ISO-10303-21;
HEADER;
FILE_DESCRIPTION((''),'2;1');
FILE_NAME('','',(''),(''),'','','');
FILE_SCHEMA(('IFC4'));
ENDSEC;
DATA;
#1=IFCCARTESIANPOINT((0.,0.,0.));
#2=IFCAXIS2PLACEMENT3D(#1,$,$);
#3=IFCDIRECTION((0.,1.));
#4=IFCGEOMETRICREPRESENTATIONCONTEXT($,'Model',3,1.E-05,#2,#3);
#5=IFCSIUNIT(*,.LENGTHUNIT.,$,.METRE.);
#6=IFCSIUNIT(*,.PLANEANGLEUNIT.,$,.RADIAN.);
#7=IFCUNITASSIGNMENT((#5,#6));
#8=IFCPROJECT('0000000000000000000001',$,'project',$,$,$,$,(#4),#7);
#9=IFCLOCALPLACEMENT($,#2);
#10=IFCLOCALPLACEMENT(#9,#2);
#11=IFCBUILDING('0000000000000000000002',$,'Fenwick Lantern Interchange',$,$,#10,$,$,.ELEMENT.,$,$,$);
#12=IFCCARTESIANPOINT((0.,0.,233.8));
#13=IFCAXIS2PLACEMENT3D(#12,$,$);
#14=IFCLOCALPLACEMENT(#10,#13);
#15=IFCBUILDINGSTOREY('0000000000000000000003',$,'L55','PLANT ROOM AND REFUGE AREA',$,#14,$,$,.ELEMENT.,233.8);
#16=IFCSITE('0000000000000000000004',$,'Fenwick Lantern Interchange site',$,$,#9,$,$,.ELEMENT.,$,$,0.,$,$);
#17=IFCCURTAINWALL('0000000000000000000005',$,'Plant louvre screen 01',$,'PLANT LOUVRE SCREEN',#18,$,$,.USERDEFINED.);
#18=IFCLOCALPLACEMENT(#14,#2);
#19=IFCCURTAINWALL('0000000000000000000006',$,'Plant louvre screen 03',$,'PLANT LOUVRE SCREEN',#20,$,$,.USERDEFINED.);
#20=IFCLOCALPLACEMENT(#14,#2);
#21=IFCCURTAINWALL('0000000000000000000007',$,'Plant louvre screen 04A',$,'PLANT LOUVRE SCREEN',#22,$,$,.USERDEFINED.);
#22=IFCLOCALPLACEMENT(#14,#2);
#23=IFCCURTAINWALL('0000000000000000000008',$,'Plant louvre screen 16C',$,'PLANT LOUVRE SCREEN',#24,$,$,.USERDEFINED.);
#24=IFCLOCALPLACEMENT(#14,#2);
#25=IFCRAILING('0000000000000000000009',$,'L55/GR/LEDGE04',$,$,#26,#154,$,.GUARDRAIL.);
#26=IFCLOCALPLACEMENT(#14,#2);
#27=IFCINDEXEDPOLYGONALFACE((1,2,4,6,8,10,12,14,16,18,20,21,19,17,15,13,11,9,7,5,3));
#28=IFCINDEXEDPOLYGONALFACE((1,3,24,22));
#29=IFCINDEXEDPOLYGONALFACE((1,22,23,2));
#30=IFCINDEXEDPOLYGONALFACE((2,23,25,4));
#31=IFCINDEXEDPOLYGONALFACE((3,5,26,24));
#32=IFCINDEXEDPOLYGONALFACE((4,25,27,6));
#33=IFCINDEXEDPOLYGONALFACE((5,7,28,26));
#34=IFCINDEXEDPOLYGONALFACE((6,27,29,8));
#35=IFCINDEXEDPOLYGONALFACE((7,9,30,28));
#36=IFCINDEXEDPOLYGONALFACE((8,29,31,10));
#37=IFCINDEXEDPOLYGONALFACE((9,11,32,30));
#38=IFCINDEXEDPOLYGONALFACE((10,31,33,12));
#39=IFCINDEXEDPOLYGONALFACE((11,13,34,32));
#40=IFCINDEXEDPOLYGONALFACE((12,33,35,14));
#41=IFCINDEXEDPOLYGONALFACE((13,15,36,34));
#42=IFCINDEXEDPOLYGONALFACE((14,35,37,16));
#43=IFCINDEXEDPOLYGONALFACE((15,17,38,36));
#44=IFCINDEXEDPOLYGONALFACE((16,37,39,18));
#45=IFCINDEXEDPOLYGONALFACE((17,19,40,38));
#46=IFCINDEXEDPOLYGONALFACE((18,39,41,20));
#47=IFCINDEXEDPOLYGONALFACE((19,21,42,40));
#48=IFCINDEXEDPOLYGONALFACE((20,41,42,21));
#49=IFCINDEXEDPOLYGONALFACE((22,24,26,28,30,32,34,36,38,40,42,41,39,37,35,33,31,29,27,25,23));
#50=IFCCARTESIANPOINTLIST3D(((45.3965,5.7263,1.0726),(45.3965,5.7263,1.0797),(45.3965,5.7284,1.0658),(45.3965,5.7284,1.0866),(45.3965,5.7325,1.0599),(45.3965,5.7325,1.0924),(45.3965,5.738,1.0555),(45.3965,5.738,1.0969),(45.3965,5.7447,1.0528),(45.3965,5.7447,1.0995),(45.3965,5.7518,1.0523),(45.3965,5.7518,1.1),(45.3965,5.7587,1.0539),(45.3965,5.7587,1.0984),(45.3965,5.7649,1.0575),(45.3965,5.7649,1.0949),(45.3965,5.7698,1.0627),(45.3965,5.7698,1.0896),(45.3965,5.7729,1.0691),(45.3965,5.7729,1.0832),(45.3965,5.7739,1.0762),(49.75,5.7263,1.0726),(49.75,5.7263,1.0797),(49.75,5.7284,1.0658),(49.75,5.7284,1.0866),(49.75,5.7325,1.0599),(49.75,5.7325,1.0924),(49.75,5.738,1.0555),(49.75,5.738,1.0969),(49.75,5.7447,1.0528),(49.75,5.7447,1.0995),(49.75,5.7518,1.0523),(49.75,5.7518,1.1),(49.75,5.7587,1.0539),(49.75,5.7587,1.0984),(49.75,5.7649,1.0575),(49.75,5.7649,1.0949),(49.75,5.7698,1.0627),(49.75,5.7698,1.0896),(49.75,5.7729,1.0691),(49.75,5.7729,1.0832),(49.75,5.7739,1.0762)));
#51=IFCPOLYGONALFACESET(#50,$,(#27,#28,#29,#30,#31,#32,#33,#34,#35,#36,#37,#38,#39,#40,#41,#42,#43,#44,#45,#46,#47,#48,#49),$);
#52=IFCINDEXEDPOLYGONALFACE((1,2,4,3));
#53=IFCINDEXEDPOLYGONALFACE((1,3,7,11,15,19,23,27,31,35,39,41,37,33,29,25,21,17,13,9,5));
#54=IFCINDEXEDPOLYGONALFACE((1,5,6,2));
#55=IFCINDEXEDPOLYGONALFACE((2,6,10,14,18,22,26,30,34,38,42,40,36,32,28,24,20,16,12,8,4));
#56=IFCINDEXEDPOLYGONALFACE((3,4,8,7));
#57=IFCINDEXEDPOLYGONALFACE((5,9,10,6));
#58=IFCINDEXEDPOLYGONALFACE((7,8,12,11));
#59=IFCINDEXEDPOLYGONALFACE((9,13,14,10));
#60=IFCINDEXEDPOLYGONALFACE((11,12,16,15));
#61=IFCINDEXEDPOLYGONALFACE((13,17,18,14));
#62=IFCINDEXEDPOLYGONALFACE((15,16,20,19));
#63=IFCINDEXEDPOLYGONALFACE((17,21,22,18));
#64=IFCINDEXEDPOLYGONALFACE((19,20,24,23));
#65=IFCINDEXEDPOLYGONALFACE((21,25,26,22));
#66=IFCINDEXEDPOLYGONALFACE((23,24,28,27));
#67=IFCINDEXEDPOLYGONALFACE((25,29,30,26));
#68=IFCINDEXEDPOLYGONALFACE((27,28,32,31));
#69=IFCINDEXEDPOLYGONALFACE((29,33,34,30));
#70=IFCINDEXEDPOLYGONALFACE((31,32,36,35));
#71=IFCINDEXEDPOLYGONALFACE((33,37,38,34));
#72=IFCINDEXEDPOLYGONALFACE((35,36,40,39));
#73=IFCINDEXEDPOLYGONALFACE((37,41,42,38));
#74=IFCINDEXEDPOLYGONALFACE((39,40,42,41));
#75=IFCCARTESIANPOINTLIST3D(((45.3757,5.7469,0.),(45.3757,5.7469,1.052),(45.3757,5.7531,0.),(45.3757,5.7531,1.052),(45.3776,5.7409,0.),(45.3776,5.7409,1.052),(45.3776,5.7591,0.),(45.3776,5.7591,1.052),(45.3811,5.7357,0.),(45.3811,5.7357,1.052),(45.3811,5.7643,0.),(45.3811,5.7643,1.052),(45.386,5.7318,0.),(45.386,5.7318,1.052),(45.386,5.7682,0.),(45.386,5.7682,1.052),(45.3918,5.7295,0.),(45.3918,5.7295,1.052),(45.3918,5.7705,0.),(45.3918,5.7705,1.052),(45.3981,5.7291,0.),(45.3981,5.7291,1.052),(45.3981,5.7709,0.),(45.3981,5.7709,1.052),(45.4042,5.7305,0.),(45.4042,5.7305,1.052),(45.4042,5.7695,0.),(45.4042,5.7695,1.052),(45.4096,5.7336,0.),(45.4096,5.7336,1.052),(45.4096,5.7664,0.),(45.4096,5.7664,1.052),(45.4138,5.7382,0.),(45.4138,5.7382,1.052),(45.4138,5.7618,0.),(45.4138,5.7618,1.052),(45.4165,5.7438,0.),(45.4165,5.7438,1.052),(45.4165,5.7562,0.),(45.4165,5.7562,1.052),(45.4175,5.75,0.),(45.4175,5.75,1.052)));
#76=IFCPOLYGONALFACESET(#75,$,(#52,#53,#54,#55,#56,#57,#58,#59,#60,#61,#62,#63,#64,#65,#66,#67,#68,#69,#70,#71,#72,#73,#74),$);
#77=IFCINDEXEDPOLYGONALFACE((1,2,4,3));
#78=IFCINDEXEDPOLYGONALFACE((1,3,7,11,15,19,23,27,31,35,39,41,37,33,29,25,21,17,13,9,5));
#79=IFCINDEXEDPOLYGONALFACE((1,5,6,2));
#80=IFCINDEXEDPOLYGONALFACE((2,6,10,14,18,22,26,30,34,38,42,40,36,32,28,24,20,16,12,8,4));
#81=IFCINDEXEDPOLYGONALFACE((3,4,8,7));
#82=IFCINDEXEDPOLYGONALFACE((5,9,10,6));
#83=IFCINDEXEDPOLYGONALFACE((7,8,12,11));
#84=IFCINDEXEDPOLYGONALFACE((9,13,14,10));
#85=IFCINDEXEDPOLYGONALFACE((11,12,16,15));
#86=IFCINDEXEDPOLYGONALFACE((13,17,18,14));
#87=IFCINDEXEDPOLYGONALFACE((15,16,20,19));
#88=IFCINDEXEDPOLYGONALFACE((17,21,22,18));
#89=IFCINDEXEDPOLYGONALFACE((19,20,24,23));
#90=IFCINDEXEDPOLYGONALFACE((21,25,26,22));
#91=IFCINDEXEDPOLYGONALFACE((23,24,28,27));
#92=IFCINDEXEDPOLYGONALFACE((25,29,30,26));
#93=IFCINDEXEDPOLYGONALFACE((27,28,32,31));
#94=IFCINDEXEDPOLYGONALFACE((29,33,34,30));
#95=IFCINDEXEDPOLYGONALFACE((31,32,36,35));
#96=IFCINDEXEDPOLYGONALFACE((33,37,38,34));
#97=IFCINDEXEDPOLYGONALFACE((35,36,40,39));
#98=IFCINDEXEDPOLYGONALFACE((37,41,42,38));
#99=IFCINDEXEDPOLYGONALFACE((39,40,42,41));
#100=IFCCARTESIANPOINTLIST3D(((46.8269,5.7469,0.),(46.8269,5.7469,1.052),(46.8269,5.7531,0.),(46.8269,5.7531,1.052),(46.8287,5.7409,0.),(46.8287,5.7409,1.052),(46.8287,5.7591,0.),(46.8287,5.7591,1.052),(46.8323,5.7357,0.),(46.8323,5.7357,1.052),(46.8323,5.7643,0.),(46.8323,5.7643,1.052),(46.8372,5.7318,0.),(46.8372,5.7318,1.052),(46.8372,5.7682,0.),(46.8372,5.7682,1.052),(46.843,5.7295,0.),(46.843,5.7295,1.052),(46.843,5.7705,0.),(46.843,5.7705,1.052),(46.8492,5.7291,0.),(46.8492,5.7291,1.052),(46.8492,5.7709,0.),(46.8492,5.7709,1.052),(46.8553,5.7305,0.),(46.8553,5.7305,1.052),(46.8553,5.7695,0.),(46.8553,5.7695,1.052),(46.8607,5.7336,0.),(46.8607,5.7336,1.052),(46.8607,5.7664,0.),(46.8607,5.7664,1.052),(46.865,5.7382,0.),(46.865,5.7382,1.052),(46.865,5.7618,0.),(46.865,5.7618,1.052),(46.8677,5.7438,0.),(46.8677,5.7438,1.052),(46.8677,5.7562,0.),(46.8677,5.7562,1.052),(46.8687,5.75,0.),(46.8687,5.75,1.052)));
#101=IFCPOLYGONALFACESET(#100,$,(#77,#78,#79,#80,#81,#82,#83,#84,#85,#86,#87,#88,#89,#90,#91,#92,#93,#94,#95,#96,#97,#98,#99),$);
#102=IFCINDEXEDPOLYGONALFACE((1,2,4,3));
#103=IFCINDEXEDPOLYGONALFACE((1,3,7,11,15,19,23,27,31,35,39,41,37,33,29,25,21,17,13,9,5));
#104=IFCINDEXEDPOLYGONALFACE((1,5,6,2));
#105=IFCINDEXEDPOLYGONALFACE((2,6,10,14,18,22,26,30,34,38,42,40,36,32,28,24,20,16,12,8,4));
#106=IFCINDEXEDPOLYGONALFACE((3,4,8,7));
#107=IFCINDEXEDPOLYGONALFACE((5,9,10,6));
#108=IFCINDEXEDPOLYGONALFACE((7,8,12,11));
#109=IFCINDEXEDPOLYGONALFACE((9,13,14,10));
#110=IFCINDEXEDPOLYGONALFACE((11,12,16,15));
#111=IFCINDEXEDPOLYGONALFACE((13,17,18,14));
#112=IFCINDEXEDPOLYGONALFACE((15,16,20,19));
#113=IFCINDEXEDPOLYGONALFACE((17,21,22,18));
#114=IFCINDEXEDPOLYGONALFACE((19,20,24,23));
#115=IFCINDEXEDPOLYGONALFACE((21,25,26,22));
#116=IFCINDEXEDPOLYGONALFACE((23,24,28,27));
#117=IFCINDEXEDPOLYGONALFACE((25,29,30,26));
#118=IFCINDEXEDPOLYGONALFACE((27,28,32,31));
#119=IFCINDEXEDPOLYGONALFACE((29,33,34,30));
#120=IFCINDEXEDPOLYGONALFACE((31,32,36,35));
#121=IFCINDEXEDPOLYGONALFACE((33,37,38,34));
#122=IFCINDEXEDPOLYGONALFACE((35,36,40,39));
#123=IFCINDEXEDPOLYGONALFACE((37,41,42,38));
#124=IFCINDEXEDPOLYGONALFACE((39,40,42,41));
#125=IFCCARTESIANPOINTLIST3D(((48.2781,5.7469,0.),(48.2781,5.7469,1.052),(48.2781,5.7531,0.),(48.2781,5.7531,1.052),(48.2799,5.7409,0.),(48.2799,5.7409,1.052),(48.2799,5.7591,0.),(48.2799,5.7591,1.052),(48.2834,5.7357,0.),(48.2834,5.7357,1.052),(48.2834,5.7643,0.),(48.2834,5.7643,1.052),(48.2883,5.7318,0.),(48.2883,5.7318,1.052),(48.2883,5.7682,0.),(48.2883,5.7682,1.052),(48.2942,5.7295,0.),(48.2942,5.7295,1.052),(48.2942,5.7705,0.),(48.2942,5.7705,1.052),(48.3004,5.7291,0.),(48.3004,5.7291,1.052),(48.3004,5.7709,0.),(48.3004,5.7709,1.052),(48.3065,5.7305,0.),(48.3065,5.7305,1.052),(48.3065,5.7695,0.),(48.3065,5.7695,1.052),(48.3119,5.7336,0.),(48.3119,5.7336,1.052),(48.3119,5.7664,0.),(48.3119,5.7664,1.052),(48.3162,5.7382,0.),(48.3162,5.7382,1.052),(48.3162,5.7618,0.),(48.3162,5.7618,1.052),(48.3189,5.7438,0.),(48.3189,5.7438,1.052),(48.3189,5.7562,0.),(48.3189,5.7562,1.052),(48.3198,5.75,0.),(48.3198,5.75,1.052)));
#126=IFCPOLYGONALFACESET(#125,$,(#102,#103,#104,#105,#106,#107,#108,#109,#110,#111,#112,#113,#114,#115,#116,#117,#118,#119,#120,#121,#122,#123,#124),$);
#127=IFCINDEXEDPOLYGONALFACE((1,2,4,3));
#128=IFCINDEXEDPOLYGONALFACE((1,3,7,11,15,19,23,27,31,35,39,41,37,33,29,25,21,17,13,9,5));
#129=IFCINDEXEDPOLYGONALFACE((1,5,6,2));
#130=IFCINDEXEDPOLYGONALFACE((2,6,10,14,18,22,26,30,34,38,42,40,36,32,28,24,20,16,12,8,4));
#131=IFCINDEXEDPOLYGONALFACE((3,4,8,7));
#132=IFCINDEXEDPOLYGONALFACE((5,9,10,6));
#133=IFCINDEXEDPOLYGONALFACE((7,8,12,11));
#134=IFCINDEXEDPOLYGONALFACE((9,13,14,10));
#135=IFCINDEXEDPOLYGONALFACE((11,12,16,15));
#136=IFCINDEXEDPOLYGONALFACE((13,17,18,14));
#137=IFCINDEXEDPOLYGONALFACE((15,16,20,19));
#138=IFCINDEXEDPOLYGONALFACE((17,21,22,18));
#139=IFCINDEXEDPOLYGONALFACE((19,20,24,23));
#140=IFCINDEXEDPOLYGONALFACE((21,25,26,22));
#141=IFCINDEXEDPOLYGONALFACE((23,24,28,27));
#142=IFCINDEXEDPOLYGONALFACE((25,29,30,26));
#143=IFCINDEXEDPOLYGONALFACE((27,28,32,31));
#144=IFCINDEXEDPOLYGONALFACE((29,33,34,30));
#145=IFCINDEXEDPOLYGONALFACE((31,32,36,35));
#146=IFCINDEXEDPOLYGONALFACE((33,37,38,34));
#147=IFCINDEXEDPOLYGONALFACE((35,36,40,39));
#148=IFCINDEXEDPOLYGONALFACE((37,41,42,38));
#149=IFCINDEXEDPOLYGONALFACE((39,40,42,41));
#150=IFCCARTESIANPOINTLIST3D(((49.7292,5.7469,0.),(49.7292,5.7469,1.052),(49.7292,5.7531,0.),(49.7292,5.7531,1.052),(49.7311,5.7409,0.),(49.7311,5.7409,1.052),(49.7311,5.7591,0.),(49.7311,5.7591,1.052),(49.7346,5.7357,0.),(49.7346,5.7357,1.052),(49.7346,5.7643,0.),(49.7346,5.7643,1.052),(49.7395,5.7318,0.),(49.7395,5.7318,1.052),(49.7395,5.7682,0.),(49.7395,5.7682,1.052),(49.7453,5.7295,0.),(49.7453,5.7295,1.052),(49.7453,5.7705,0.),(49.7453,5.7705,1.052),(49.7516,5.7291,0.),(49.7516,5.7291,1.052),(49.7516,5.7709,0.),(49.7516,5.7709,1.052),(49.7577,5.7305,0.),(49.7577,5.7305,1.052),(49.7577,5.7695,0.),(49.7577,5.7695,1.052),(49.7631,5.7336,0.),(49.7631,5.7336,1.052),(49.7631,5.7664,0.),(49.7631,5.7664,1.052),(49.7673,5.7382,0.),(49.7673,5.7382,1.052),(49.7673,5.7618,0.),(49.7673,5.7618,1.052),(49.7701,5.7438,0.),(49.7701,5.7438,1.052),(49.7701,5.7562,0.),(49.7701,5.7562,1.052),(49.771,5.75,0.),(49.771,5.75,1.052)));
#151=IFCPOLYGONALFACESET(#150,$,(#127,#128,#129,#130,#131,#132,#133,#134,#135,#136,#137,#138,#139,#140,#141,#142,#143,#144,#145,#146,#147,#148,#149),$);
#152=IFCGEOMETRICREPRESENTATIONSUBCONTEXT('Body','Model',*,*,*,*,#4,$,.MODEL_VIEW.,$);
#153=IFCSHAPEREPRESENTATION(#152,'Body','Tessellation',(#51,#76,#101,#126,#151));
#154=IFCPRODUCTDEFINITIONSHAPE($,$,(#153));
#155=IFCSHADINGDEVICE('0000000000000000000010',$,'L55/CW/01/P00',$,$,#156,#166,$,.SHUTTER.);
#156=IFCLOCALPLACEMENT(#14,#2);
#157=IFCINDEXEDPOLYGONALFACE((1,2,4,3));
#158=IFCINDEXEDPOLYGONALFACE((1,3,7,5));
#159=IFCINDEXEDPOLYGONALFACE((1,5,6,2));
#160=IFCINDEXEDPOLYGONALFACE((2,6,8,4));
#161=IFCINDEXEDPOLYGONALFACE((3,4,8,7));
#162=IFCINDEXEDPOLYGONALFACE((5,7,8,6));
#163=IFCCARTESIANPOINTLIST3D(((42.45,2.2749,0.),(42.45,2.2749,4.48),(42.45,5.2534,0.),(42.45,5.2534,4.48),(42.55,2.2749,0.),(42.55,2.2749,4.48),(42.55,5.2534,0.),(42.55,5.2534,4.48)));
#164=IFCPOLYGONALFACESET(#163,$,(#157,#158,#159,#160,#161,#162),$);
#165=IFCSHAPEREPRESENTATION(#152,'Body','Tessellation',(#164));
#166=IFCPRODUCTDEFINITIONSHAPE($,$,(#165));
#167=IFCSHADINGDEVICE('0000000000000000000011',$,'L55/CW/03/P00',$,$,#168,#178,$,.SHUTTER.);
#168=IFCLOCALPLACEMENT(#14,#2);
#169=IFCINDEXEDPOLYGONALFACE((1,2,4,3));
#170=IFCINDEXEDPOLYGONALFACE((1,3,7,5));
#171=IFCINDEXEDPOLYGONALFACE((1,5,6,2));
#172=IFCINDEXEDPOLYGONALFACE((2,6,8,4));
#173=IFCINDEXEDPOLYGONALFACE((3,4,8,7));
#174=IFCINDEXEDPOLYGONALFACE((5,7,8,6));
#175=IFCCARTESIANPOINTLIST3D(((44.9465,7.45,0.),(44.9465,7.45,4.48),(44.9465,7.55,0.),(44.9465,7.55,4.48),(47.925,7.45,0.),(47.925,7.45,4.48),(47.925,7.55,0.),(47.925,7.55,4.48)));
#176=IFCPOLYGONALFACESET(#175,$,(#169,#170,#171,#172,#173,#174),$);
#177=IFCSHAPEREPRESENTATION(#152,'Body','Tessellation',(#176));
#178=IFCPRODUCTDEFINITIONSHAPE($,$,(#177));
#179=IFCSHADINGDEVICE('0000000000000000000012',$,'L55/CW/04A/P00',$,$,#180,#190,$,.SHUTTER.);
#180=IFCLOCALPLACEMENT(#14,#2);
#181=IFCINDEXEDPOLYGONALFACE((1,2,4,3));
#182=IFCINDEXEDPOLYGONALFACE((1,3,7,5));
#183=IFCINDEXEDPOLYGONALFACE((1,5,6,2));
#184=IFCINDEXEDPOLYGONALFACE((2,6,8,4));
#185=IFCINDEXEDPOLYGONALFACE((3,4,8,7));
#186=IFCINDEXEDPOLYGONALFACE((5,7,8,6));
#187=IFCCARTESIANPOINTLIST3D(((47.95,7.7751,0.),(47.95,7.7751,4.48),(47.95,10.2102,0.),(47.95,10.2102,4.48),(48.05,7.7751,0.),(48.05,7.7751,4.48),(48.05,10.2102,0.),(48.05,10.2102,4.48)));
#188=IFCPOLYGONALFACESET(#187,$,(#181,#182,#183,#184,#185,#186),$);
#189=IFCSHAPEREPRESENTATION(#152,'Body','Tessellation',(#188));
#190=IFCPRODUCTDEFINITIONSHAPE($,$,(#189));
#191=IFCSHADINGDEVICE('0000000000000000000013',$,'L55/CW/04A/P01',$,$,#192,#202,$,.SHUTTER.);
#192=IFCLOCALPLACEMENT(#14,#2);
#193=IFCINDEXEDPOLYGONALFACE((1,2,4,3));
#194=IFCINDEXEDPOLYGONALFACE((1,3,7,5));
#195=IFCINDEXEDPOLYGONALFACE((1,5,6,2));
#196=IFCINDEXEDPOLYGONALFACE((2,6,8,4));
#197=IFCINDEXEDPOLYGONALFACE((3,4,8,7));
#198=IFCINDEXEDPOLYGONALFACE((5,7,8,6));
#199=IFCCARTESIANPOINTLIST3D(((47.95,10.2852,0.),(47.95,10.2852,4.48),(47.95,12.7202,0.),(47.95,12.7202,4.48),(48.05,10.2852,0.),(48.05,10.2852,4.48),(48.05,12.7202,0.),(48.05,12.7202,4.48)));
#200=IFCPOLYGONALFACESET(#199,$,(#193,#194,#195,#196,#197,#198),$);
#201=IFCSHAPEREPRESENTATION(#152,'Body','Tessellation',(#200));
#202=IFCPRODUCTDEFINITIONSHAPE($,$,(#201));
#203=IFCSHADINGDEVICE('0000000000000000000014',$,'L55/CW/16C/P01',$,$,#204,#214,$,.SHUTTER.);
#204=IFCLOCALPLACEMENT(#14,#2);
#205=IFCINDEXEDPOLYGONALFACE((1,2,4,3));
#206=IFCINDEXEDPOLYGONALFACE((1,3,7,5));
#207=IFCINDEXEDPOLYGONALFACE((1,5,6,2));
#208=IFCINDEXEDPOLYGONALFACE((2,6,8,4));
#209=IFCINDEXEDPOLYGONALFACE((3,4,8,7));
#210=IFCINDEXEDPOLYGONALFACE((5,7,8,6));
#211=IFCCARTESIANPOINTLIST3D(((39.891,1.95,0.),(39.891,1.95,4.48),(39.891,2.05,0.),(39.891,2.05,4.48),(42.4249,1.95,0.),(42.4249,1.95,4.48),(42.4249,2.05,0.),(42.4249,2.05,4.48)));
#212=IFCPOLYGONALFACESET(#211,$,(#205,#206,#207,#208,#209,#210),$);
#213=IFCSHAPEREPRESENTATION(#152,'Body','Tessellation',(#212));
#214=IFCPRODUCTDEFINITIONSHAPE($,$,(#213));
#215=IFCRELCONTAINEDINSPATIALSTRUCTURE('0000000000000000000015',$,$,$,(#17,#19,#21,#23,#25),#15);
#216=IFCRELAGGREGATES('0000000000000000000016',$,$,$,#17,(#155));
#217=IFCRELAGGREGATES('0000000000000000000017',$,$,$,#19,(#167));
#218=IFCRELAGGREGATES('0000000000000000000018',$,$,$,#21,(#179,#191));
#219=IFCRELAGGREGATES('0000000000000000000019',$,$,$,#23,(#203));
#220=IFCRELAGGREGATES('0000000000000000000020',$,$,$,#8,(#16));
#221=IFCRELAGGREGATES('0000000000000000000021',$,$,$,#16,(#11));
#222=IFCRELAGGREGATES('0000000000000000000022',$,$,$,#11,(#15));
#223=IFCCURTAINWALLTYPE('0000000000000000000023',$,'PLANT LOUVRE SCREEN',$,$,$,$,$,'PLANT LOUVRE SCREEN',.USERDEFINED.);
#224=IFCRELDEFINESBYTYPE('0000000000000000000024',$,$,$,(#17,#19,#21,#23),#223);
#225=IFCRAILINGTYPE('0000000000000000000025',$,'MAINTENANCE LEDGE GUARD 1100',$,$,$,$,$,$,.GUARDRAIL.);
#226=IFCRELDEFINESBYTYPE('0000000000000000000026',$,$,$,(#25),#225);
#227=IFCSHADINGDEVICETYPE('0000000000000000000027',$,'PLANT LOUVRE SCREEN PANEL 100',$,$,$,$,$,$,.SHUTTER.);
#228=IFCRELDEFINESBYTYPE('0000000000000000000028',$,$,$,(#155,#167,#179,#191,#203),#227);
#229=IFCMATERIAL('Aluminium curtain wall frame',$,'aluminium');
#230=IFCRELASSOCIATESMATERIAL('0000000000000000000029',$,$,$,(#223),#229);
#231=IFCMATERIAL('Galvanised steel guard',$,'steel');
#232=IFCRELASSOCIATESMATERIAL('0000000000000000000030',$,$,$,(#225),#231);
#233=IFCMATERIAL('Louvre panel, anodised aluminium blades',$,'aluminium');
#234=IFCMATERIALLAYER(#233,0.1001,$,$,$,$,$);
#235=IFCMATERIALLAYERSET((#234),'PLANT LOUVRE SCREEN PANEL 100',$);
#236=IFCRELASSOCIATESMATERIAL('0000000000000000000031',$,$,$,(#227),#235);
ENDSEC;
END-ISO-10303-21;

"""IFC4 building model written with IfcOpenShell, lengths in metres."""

from ifc_helpers import new_model, si_unit, direction, frame, origin, origin_2d, place, context, subcontext, project, spatial, rectangle, circle, extrude, material, layer, layer_set, type_object, element, aggregate, save


model = new_model("IFC4")

# Units and contexts
model_context = context("Model", 3, precision=1e-05, world=origin(), true_north=direction((0.0, 1.0)))
body_context = subcontext(model_context, "Body", "Model", "MODEL_VIEW")
ifc_project = project(units=[si_unit("LENGTHUNIT", "METRE"), si_unit("PLANEANGLEUNIT", "RADIAN")], contexts=[model_context])

# Site, building, storey
site_placement = place(None, origin())
site = spatial("IfcSite", under=ifc_project, at=site_placement, Name="Fenwick Lantern Interchange site", CompositionType="ELEMENT", RefElevation=0.0)
building_placement = place(site_placement, origin())
building = spatial("IfcBuilding", under=site, at=building_placement, Name="Fenwick Lantern Interchange", CompositionType="ELEMENT")
storey_placement = place(building_placement, frame((0.0, 0.0, 233.8)))
storey = spatial("IfcBuildingStorey", under=building, at=storey_placement, Name="L55", Description="PLANT ROOM AND REFUGE AREA", CompositionType="ELEMENT", Elevation=233.8)

# Curtain walls
ifc_material_1 = material(Name="Aluminium curtain wall frame", Category="aluminium")
curtain_wall_type = type_object("IfcCurtainWallType", Name="PLANT LOUVRE SCREEN", ElementType="PLANT LOUVRE SCREEN", PredefinedType="USERDEFINED", material=ifc_material_1)
curtain_wall_1_placement = place(storey_placement, origin())
curtain_wall_1 = element("IfcCurtainWall", 1, at=curtain_wall_1_placement, inside=storey, type_object=curtain_wall_type, Name="Plant louvre screen 01", ObjectType="PLANT LOUVRE SCREEN", PredefinedType="USERDEFINED")
curtain_wall_2_placement = place(storey_placement, origin())
curtain_wall_2 = element("IfcCurtainWall", 2, at=curtain_wall_2_placement, inside=storey, type_object=curtain_wall_type, Name="Plant louvre screen 03", ObjectType="PLANT LOUVRE SCREEN", PredefinedType="USERDEFINED")
curtain_wall_3_placement = place(storey_placement, origin())
curtain_wall_3 = element("IfcCurtainWall", 3, at=curtain_wall_3_placement, inside=storey, type_object=curtain_wall_type, Name="Plant louvre screen 04A", ObjectType="PLANT LOUVRE SCREEN", PredefinedType="USERDEFINED")

# Curtain wall
curtain_wall_4_placement = place(storey_placement, origin())
curtain_wall_4 = element("IfcCurtainWall", 4, at=curtain_wall_4_placement, inside=storey, type_object=curtain_wall_type, Name="Plant louvre screen 16C", ObjectType="PLANT LOUVRE SCREEN", PredefinedType="USERDEFINED")

# Railing
ifc_material_2 = material(Name="Galvanised steel guard", Category="steel")
railing_type = type_object("IfcRailingType", Name="MAINTENANCE LEDGE GUARD 1100", PredefinedType="GUARDRAIL", material=ifc_material_2)
railing_1_placement = place(storey_placement, frame((45.3965, 5.75, 0.0)))
element("IfcRailing", 5, at=railing_1_placement, inside=storey, type_object=railing_type, Name="L55/GR/LEDGE04", PredefinedType="GUARDRAIL", context=body_context, shape_type="SweptSolid", body=[
    extrude(circle(Radius=0.0239, at=origin_2d()), frame((0.0, 0.0, 1.0762), z_axis=(1.0, 0.0, 0.0), x_axis=(0.0, 1.0, 0.0)), (0.0, 0.0, 1.0), 4.3535),
    extrude(circle(Radius=0.021, at=origin_2d()), origin(), (0.0, 0.0, 1.0), 1.052),
    extrude(circle(Radius=0.021, at=origin_2d()), frame((1.4512, 0.0, 0.0)), (0.0, 0.0, 1.0), 1.052),
    extrude(circle(Radius=0.021, at=origin_2d()), frame((2.9023, 0.0, 0.0)), (0.0, 0.0, 1.0), 1.052),
    extrude(circle(Radius=0.021, at=origin_2d()), frame((4.3535, 0.0, 0.0)), (0.0, 0.0, 1.0), 1.052),
])

# Shading devices
ifc_material_3 = material(Name="Louvre panel, anodised aluminium blades", Category="aluminium")
ifc_layer_1 = layer(ifc_material_3, 0.1001)
ifc_layer_set_1 = layer_set([ifc_layer_1], Name="PLANT LOUVRE SCREEN PANEL 100")
shading_device_type = type_object("IfcShadingDeviceType", Name="PLANT LOUVRE SCREEN PANEL 100", PredefinedType="SHUTTER", material=ifc_layer_set_1)
shading_device_1_placement = place(storey_placement, frame((42.5, 3.7642, 0.0), z_axis=(0.0, 0.0, 1.0), x_axis=(0.0, 1.0, 0.0)))
shading_device_1 = element("IfcShadingDevice", 6, at=shading_device_1_placement, type_object=shading_device_type, Name="L55/CW/01/P00", PredefinedType="SHUTTER", context=body_context, shape_type="SweptSolid", body=[
    extrude(rectangle(XDim=2.9785, YDim=0.1001, at=origin_2d()), origin(), (0.0, 0.0, 1.0), 4.48),
])
aggregate(curtain_wall_1, [shading_device_1])
shading_device_2_placement = place(storey_placement, frame((46.4358, 7.5, 0.0), z_axis=(0.0, 0.0, 1.0), x_axis=(1.0, 0.0, 0.0)))
shading_device_2 = element("IfcShadingDevice", 7, at=shading_device_2_placement, type_object=shading_device_type, Name="L55/CW/03/P00", PredefinedType="SHUTTER", context=body_context, shape_type="SweptSolid", body=[
    extrude(rectangle(XDim=2.9785, YDim=0.1001, at=origin_2d()), origin(), (0.0, 0.0, 1.0), 4.48),
])
aggregate(curtain_wall_2, [shading_device_2])
shading_device_3_placement = place(storey_placement, frame((48.0, 8.9927, 0.0), z_axis=(0.0, 0.0, 1.0), x_axis=(0.0, 1.0, 0.0)))
shading_device_3 = element("IfcShadingDevice", 8, at=shading_device_3_placement, type_object=shading_device_type, Name="L55/CW/04A/P00", PredefinedType="SHUTTER", context=body_context, shape_type="SweptSolid", body=[
    extrude(rectangle(XDim=2.4351, YDim=0.1001, at=origin_2d()), origin(), (0.0, 0.0, 1.0), 4.48),
])
shading_device_4_placement = place(storey_placement, frame((48.0, 11.5027, 0.0), z_axis=(0.0, 0.0, 1.0), x_axis=(0.0, 1.0, 0.0)))
shading_device_4 = element("IfcShadingDevice", 9, at=shading_device_4_placement, type_object=shading_device_type, Name="L55/CW/04A/P01", PredefinedType="SHUTTER", context=body_context, shape_type="SweptSolid", body=[
    extrude(rectangle(XDim=2.4351, YDim=0.1001, at=origin_2d()), origin(), (0.0, 0.0, 1.0), 4.48),
])
aggregate(curtain_wall_3, [shading_device_3, shading_device_4])
shading_device_5_placement = place(storey_placement, frame((41.158, 2.0, 0.0), z_axis=(0.0, 0.0, 1.0), x_axis=(1.0, 0.0, 0.0)))
shading_device_5 = element("IfcShadingDevice", 10, at=shading_device_5_placement, type_object=shading_device_type, Name="L55/CW/16C/P01", PredefinedType="SHUTTER", context=body_context, shape_type="SweptSolid", body=[
    extrude(rectangle(XDim=2.5339, YDim=0.1001, at=origin_2d()), origin(), (0.0, 0.0, 1.0), 4.48),
])
aggregate(curtain_wall_4, [shading_device_5])

save(model, "model.ifc")
